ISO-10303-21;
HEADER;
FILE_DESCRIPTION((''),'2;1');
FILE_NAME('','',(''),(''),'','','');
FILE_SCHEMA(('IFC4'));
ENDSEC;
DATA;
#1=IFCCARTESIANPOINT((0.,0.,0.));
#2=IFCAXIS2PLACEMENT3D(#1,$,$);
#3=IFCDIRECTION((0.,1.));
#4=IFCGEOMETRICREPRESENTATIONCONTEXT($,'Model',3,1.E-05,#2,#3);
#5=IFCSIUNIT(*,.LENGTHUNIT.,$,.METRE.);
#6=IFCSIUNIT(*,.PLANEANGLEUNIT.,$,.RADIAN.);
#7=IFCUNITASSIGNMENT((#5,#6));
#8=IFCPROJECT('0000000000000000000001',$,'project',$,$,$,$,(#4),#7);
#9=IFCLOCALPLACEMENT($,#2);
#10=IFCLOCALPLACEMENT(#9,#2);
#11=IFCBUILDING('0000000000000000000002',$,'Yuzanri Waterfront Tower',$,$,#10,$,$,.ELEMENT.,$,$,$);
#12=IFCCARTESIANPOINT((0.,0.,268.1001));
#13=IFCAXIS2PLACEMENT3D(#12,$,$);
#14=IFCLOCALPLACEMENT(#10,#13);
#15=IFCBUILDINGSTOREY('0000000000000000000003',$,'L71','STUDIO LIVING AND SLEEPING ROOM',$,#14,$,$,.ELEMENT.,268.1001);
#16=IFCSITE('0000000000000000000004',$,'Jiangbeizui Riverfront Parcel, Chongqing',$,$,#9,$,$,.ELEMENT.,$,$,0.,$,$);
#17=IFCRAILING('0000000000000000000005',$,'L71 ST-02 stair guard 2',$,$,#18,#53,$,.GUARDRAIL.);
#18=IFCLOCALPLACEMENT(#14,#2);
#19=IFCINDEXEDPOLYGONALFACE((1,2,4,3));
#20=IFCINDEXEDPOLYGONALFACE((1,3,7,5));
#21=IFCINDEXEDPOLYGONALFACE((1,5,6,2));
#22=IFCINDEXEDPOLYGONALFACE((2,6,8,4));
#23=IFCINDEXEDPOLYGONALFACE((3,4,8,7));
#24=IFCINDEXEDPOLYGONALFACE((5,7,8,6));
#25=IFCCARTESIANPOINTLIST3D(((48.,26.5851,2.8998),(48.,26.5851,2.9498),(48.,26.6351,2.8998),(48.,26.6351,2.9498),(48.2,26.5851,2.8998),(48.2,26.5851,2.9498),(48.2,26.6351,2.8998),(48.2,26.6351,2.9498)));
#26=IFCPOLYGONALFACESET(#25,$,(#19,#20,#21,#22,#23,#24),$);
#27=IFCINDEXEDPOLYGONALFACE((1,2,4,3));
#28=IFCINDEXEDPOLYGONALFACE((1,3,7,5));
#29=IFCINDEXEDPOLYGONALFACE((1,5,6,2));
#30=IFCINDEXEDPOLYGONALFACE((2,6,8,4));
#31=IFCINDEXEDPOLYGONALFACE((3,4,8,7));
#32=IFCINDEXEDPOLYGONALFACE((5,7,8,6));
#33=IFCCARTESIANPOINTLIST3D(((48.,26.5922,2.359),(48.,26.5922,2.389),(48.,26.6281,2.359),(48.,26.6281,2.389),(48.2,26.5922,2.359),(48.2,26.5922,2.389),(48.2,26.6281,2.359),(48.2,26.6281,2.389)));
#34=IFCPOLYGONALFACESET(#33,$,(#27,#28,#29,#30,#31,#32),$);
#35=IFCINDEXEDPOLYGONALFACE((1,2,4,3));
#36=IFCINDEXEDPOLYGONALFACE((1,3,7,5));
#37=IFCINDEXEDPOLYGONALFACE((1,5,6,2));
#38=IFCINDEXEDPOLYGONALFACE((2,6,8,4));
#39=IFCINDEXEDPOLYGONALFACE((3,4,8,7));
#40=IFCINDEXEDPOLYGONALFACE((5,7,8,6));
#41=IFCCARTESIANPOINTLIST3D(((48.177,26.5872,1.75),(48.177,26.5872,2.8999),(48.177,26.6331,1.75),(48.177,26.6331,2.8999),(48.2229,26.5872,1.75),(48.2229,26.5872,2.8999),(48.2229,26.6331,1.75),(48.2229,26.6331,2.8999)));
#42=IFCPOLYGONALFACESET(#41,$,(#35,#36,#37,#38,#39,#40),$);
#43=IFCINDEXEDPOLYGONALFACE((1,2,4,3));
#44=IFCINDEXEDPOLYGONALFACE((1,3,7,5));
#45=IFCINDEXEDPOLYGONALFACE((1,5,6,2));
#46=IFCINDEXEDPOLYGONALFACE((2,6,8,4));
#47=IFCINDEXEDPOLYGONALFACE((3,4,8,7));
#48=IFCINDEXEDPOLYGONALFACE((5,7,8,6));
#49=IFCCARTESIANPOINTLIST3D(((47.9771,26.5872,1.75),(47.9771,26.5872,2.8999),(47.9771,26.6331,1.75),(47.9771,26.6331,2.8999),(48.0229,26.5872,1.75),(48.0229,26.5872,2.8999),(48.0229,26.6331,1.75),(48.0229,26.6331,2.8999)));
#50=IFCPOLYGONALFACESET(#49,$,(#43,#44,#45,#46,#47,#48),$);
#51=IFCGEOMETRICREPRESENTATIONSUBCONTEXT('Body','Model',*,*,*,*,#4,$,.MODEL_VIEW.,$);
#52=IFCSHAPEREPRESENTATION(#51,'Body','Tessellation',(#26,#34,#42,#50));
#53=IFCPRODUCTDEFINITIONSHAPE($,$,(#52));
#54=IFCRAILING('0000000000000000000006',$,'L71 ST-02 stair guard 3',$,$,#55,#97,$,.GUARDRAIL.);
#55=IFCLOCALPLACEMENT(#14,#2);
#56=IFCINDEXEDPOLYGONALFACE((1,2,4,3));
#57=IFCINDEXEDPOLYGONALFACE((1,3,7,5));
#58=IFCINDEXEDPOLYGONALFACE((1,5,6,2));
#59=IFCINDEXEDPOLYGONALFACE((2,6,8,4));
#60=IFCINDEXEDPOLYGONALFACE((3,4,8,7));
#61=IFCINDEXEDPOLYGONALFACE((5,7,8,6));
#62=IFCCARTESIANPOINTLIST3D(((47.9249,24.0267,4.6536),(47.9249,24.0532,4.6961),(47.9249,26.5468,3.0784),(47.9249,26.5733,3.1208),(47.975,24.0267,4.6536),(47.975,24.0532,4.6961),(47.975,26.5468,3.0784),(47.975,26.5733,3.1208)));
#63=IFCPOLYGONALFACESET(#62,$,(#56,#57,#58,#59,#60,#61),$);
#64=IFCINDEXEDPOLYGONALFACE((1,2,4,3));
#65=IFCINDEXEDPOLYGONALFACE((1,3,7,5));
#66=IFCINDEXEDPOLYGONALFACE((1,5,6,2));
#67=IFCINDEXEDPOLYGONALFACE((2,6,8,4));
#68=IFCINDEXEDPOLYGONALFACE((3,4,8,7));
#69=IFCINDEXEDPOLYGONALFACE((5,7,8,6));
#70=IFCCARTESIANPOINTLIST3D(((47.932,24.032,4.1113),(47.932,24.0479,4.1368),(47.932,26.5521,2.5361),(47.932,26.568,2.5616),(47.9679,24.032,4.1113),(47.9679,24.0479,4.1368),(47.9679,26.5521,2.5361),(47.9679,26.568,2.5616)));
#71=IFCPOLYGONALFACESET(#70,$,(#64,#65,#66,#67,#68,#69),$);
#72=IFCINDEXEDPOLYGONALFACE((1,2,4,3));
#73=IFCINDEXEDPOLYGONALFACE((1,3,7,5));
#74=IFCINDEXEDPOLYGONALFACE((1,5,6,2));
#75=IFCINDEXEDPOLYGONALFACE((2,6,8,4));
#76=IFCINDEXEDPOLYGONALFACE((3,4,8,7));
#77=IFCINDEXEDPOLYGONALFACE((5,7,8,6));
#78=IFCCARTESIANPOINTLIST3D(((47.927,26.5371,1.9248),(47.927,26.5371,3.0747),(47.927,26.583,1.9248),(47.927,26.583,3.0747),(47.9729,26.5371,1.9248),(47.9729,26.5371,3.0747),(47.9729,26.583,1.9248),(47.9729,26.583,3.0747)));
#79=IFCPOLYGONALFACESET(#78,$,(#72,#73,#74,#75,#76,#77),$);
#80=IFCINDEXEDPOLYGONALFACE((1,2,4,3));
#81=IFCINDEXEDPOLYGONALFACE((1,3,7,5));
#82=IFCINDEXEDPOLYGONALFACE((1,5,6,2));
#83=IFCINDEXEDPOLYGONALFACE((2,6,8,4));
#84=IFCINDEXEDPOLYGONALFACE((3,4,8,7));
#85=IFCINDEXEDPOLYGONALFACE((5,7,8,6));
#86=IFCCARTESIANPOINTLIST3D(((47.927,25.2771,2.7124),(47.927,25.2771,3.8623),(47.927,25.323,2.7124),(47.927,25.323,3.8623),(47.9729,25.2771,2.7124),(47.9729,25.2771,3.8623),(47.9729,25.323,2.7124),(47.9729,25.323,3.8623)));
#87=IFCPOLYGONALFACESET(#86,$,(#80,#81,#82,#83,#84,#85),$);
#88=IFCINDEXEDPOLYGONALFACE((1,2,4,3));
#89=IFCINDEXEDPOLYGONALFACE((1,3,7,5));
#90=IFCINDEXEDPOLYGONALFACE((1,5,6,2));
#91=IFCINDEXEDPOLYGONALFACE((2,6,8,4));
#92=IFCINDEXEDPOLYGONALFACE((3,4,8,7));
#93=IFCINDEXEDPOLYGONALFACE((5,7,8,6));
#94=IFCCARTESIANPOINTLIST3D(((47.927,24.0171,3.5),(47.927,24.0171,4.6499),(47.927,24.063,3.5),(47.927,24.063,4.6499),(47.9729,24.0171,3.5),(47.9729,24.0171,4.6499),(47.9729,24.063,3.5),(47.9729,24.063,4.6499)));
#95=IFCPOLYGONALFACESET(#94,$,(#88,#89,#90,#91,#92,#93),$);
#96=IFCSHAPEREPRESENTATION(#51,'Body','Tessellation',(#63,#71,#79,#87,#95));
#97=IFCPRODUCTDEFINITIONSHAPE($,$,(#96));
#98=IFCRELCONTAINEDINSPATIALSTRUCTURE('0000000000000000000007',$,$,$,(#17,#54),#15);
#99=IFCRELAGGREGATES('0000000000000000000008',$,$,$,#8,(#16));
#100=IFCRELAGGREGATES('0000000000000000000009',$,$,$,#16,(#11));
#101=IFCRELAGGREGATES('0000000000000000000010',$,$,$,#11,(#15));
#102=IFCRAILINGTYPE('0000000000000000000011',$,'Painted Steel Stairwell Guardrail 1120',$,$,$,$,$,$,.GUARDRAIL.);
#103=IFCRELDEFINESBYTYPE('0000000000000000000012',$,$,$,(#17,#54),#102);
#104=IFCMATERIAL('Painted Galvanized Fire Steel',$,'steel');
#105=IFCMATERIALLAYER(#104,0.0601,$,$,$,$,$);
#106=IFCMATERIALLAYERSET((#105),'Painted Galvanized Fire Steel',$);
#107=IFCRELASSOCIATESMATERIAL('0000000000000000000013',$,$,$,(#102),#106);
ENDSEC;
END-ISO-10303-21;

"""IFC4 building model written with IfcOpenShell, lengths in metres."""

from ifc_helpers import new_model, si_unit, direction, frame, origin, origin_2d, place, context, subcontext, project, spatial, rectangle, extrude, source, transform, mapped, material, layer, layer_set, type_object, element, save


model = new_model("IFC4")

# Units and contexts
model_context = context("Model", 3, precision=1e-05, world=origin(), true_north=direction((0.0, 1.0)))
body_context = subcontext(model_context, "Body", "Model", "MODEL_VIEW")
ifc_project = project(units=[si_unit("LENGTHUNIT", "METRE"), si_unit("PLANEANGLEUNIT", "RADIAN")], contexts=[model_context])

# Site, building, storey
site_placement = place(None, origin())
site = spatial("IfcSite", under=ifc_project, at=site_placement, Name="Jiangbeizui Riverfront Parcel, Chongqing", CompositionType="ELEMENT", RefElevation=0.0)
building_placement = place(site_placement, origin())
building = spatial("IfcBuilding", under=site, at=building_placement, Name="Yuzanri Waterfront Tower", CompositionType="ELEMENT")
storey_placement = place(building_placement, frame((0.0, 0.0, 268.1001)))
storey = spatial("IfcBuildingStorey", under=building, at=storey_placement, Name="L71", Description="STUDIO LIVING AND SLEEPING ROOM", CompositionType="ELEMENT", Elevation=268.1001)

# Railings
ifc_material_1 = material(Name="Painted Galvanized Fire Steel", Category="steel")
ifc_layer_1 = layer(ifc_material_1, 0.0601)
ifc_layer_set_1 = layer_set([ifc_layer_1], Name="Painted Galvanized Fire Steel")
railing_type = type_object("IfcRailingType", Name="Painted Steel Stairwell Guardrail 1120", PredefinedType="GUARDRAIL", material=ifc_layer_set_1)
shared_shape_1 = source(origin(), body_context, "Body", "SweptSolid", [
    extrude(rectangle(XDim=0.05, YDim=0.05, at=origin_2d()), frame((0.0, 0.0, 1.1748), z_axis=(-1.0, 0.0, 0.0), x_axis=(0.0, -1.0, 0.0)), (0.0, 0.0, 1.0), 0.2),
    extrude(rectangle(XDim=0.0359, YDim=0.03, at=origin_2d()), frame((0.0, 0.0, 0.624), z_axis=(-1.0, 0.0, 0.0), x_axis=(0.0, -1.0, 0.0)), (0.0, 0.0, 1.0), 0.2),
    extrude(rectangle(XDim=0.0459, YDim=0.0459, at=origin_2d()), origin(), (0.0, 0.0, 1.0), 1.1499),
    extrude(rectangle(XDim=0.0459, YDim=0.0459, at=origin_2d()), frame((-0.2, 0.0, 0.0)), (0.0, 0.0, 1.0), 1.1499),
])
railing_1_placement = place(storey_placement, frame((48.2, 26.6101, 1.75)))
element("IfcRailing", 1, at=railing_1_placement, inside=storey, type_object=railing_type, Name="L71 ST-02 stair guard 2", PredefinedType="GUARDRAIL", context=body_context, shape_type="MappedRepresentation", body=[
    mapped(shared_shape_1, transform((0.0, 0.0, 0.0), scale=1.0)),
])
shared_shape_2 = source(origin(), body_context, "Body", "SweptSolid", [
    extrude(rectangle(XDim=0.05, YDim=0.05, at=origin_2d()), frame((0.0, 0.0, 1.1748), z_axis=(0.0, -0.847971, 0.530043), x_axis=(1.0, 0.0, 0.0)), (0.0, 0.0, 1.0), 2.9719),
    extrude(rectangle(XDim=0.0359, YDim=0.03, at=origin_2d()), frame((0.0, 0.0, 0.624), z_axis=(0.0, -0.847971, 0.530043), x_axis=(1.0, 0.0, 0.0)), (0.0, 0.0, 1.0), 2.9719),
    extrude(rectangle(XDim=0.0459, YDim=0.0459, at=origin_2d()), origin(), (0.0, 0.0, 1.0), 1.1499),
    extrude(rectangle(XDim=0.0459, YDim=0.0459, at=origin_2d()), frame((0.0, -1.26, 0.7876)), (0.0, 0.0, 1.0), 1.1499),
    extrude(rectangle(XDim=0.0459, YDim=0.0459, at=origin_2d()), frame((0.0, -2.52, 1.5752)), (0.0, 0.0, 1.0), 1.1499),
])
railing_2_placement = place(storey_placement, frame((47.95, 26.5601, 1.9248)))
element("IfcRailing", 2, at=railing_2_placement, inside=storey, type_object=railing_type, Name="L71 ST-02 stair guard 3", PredefinedType="GUARDRAIL", context=body_context, shape_type="MappedRepresentation", body=[
    mapped(shared_shape_2, transform((0.0, 0.0, 0.0), scale=1.0)),
])

save(model, "model.ifc")
